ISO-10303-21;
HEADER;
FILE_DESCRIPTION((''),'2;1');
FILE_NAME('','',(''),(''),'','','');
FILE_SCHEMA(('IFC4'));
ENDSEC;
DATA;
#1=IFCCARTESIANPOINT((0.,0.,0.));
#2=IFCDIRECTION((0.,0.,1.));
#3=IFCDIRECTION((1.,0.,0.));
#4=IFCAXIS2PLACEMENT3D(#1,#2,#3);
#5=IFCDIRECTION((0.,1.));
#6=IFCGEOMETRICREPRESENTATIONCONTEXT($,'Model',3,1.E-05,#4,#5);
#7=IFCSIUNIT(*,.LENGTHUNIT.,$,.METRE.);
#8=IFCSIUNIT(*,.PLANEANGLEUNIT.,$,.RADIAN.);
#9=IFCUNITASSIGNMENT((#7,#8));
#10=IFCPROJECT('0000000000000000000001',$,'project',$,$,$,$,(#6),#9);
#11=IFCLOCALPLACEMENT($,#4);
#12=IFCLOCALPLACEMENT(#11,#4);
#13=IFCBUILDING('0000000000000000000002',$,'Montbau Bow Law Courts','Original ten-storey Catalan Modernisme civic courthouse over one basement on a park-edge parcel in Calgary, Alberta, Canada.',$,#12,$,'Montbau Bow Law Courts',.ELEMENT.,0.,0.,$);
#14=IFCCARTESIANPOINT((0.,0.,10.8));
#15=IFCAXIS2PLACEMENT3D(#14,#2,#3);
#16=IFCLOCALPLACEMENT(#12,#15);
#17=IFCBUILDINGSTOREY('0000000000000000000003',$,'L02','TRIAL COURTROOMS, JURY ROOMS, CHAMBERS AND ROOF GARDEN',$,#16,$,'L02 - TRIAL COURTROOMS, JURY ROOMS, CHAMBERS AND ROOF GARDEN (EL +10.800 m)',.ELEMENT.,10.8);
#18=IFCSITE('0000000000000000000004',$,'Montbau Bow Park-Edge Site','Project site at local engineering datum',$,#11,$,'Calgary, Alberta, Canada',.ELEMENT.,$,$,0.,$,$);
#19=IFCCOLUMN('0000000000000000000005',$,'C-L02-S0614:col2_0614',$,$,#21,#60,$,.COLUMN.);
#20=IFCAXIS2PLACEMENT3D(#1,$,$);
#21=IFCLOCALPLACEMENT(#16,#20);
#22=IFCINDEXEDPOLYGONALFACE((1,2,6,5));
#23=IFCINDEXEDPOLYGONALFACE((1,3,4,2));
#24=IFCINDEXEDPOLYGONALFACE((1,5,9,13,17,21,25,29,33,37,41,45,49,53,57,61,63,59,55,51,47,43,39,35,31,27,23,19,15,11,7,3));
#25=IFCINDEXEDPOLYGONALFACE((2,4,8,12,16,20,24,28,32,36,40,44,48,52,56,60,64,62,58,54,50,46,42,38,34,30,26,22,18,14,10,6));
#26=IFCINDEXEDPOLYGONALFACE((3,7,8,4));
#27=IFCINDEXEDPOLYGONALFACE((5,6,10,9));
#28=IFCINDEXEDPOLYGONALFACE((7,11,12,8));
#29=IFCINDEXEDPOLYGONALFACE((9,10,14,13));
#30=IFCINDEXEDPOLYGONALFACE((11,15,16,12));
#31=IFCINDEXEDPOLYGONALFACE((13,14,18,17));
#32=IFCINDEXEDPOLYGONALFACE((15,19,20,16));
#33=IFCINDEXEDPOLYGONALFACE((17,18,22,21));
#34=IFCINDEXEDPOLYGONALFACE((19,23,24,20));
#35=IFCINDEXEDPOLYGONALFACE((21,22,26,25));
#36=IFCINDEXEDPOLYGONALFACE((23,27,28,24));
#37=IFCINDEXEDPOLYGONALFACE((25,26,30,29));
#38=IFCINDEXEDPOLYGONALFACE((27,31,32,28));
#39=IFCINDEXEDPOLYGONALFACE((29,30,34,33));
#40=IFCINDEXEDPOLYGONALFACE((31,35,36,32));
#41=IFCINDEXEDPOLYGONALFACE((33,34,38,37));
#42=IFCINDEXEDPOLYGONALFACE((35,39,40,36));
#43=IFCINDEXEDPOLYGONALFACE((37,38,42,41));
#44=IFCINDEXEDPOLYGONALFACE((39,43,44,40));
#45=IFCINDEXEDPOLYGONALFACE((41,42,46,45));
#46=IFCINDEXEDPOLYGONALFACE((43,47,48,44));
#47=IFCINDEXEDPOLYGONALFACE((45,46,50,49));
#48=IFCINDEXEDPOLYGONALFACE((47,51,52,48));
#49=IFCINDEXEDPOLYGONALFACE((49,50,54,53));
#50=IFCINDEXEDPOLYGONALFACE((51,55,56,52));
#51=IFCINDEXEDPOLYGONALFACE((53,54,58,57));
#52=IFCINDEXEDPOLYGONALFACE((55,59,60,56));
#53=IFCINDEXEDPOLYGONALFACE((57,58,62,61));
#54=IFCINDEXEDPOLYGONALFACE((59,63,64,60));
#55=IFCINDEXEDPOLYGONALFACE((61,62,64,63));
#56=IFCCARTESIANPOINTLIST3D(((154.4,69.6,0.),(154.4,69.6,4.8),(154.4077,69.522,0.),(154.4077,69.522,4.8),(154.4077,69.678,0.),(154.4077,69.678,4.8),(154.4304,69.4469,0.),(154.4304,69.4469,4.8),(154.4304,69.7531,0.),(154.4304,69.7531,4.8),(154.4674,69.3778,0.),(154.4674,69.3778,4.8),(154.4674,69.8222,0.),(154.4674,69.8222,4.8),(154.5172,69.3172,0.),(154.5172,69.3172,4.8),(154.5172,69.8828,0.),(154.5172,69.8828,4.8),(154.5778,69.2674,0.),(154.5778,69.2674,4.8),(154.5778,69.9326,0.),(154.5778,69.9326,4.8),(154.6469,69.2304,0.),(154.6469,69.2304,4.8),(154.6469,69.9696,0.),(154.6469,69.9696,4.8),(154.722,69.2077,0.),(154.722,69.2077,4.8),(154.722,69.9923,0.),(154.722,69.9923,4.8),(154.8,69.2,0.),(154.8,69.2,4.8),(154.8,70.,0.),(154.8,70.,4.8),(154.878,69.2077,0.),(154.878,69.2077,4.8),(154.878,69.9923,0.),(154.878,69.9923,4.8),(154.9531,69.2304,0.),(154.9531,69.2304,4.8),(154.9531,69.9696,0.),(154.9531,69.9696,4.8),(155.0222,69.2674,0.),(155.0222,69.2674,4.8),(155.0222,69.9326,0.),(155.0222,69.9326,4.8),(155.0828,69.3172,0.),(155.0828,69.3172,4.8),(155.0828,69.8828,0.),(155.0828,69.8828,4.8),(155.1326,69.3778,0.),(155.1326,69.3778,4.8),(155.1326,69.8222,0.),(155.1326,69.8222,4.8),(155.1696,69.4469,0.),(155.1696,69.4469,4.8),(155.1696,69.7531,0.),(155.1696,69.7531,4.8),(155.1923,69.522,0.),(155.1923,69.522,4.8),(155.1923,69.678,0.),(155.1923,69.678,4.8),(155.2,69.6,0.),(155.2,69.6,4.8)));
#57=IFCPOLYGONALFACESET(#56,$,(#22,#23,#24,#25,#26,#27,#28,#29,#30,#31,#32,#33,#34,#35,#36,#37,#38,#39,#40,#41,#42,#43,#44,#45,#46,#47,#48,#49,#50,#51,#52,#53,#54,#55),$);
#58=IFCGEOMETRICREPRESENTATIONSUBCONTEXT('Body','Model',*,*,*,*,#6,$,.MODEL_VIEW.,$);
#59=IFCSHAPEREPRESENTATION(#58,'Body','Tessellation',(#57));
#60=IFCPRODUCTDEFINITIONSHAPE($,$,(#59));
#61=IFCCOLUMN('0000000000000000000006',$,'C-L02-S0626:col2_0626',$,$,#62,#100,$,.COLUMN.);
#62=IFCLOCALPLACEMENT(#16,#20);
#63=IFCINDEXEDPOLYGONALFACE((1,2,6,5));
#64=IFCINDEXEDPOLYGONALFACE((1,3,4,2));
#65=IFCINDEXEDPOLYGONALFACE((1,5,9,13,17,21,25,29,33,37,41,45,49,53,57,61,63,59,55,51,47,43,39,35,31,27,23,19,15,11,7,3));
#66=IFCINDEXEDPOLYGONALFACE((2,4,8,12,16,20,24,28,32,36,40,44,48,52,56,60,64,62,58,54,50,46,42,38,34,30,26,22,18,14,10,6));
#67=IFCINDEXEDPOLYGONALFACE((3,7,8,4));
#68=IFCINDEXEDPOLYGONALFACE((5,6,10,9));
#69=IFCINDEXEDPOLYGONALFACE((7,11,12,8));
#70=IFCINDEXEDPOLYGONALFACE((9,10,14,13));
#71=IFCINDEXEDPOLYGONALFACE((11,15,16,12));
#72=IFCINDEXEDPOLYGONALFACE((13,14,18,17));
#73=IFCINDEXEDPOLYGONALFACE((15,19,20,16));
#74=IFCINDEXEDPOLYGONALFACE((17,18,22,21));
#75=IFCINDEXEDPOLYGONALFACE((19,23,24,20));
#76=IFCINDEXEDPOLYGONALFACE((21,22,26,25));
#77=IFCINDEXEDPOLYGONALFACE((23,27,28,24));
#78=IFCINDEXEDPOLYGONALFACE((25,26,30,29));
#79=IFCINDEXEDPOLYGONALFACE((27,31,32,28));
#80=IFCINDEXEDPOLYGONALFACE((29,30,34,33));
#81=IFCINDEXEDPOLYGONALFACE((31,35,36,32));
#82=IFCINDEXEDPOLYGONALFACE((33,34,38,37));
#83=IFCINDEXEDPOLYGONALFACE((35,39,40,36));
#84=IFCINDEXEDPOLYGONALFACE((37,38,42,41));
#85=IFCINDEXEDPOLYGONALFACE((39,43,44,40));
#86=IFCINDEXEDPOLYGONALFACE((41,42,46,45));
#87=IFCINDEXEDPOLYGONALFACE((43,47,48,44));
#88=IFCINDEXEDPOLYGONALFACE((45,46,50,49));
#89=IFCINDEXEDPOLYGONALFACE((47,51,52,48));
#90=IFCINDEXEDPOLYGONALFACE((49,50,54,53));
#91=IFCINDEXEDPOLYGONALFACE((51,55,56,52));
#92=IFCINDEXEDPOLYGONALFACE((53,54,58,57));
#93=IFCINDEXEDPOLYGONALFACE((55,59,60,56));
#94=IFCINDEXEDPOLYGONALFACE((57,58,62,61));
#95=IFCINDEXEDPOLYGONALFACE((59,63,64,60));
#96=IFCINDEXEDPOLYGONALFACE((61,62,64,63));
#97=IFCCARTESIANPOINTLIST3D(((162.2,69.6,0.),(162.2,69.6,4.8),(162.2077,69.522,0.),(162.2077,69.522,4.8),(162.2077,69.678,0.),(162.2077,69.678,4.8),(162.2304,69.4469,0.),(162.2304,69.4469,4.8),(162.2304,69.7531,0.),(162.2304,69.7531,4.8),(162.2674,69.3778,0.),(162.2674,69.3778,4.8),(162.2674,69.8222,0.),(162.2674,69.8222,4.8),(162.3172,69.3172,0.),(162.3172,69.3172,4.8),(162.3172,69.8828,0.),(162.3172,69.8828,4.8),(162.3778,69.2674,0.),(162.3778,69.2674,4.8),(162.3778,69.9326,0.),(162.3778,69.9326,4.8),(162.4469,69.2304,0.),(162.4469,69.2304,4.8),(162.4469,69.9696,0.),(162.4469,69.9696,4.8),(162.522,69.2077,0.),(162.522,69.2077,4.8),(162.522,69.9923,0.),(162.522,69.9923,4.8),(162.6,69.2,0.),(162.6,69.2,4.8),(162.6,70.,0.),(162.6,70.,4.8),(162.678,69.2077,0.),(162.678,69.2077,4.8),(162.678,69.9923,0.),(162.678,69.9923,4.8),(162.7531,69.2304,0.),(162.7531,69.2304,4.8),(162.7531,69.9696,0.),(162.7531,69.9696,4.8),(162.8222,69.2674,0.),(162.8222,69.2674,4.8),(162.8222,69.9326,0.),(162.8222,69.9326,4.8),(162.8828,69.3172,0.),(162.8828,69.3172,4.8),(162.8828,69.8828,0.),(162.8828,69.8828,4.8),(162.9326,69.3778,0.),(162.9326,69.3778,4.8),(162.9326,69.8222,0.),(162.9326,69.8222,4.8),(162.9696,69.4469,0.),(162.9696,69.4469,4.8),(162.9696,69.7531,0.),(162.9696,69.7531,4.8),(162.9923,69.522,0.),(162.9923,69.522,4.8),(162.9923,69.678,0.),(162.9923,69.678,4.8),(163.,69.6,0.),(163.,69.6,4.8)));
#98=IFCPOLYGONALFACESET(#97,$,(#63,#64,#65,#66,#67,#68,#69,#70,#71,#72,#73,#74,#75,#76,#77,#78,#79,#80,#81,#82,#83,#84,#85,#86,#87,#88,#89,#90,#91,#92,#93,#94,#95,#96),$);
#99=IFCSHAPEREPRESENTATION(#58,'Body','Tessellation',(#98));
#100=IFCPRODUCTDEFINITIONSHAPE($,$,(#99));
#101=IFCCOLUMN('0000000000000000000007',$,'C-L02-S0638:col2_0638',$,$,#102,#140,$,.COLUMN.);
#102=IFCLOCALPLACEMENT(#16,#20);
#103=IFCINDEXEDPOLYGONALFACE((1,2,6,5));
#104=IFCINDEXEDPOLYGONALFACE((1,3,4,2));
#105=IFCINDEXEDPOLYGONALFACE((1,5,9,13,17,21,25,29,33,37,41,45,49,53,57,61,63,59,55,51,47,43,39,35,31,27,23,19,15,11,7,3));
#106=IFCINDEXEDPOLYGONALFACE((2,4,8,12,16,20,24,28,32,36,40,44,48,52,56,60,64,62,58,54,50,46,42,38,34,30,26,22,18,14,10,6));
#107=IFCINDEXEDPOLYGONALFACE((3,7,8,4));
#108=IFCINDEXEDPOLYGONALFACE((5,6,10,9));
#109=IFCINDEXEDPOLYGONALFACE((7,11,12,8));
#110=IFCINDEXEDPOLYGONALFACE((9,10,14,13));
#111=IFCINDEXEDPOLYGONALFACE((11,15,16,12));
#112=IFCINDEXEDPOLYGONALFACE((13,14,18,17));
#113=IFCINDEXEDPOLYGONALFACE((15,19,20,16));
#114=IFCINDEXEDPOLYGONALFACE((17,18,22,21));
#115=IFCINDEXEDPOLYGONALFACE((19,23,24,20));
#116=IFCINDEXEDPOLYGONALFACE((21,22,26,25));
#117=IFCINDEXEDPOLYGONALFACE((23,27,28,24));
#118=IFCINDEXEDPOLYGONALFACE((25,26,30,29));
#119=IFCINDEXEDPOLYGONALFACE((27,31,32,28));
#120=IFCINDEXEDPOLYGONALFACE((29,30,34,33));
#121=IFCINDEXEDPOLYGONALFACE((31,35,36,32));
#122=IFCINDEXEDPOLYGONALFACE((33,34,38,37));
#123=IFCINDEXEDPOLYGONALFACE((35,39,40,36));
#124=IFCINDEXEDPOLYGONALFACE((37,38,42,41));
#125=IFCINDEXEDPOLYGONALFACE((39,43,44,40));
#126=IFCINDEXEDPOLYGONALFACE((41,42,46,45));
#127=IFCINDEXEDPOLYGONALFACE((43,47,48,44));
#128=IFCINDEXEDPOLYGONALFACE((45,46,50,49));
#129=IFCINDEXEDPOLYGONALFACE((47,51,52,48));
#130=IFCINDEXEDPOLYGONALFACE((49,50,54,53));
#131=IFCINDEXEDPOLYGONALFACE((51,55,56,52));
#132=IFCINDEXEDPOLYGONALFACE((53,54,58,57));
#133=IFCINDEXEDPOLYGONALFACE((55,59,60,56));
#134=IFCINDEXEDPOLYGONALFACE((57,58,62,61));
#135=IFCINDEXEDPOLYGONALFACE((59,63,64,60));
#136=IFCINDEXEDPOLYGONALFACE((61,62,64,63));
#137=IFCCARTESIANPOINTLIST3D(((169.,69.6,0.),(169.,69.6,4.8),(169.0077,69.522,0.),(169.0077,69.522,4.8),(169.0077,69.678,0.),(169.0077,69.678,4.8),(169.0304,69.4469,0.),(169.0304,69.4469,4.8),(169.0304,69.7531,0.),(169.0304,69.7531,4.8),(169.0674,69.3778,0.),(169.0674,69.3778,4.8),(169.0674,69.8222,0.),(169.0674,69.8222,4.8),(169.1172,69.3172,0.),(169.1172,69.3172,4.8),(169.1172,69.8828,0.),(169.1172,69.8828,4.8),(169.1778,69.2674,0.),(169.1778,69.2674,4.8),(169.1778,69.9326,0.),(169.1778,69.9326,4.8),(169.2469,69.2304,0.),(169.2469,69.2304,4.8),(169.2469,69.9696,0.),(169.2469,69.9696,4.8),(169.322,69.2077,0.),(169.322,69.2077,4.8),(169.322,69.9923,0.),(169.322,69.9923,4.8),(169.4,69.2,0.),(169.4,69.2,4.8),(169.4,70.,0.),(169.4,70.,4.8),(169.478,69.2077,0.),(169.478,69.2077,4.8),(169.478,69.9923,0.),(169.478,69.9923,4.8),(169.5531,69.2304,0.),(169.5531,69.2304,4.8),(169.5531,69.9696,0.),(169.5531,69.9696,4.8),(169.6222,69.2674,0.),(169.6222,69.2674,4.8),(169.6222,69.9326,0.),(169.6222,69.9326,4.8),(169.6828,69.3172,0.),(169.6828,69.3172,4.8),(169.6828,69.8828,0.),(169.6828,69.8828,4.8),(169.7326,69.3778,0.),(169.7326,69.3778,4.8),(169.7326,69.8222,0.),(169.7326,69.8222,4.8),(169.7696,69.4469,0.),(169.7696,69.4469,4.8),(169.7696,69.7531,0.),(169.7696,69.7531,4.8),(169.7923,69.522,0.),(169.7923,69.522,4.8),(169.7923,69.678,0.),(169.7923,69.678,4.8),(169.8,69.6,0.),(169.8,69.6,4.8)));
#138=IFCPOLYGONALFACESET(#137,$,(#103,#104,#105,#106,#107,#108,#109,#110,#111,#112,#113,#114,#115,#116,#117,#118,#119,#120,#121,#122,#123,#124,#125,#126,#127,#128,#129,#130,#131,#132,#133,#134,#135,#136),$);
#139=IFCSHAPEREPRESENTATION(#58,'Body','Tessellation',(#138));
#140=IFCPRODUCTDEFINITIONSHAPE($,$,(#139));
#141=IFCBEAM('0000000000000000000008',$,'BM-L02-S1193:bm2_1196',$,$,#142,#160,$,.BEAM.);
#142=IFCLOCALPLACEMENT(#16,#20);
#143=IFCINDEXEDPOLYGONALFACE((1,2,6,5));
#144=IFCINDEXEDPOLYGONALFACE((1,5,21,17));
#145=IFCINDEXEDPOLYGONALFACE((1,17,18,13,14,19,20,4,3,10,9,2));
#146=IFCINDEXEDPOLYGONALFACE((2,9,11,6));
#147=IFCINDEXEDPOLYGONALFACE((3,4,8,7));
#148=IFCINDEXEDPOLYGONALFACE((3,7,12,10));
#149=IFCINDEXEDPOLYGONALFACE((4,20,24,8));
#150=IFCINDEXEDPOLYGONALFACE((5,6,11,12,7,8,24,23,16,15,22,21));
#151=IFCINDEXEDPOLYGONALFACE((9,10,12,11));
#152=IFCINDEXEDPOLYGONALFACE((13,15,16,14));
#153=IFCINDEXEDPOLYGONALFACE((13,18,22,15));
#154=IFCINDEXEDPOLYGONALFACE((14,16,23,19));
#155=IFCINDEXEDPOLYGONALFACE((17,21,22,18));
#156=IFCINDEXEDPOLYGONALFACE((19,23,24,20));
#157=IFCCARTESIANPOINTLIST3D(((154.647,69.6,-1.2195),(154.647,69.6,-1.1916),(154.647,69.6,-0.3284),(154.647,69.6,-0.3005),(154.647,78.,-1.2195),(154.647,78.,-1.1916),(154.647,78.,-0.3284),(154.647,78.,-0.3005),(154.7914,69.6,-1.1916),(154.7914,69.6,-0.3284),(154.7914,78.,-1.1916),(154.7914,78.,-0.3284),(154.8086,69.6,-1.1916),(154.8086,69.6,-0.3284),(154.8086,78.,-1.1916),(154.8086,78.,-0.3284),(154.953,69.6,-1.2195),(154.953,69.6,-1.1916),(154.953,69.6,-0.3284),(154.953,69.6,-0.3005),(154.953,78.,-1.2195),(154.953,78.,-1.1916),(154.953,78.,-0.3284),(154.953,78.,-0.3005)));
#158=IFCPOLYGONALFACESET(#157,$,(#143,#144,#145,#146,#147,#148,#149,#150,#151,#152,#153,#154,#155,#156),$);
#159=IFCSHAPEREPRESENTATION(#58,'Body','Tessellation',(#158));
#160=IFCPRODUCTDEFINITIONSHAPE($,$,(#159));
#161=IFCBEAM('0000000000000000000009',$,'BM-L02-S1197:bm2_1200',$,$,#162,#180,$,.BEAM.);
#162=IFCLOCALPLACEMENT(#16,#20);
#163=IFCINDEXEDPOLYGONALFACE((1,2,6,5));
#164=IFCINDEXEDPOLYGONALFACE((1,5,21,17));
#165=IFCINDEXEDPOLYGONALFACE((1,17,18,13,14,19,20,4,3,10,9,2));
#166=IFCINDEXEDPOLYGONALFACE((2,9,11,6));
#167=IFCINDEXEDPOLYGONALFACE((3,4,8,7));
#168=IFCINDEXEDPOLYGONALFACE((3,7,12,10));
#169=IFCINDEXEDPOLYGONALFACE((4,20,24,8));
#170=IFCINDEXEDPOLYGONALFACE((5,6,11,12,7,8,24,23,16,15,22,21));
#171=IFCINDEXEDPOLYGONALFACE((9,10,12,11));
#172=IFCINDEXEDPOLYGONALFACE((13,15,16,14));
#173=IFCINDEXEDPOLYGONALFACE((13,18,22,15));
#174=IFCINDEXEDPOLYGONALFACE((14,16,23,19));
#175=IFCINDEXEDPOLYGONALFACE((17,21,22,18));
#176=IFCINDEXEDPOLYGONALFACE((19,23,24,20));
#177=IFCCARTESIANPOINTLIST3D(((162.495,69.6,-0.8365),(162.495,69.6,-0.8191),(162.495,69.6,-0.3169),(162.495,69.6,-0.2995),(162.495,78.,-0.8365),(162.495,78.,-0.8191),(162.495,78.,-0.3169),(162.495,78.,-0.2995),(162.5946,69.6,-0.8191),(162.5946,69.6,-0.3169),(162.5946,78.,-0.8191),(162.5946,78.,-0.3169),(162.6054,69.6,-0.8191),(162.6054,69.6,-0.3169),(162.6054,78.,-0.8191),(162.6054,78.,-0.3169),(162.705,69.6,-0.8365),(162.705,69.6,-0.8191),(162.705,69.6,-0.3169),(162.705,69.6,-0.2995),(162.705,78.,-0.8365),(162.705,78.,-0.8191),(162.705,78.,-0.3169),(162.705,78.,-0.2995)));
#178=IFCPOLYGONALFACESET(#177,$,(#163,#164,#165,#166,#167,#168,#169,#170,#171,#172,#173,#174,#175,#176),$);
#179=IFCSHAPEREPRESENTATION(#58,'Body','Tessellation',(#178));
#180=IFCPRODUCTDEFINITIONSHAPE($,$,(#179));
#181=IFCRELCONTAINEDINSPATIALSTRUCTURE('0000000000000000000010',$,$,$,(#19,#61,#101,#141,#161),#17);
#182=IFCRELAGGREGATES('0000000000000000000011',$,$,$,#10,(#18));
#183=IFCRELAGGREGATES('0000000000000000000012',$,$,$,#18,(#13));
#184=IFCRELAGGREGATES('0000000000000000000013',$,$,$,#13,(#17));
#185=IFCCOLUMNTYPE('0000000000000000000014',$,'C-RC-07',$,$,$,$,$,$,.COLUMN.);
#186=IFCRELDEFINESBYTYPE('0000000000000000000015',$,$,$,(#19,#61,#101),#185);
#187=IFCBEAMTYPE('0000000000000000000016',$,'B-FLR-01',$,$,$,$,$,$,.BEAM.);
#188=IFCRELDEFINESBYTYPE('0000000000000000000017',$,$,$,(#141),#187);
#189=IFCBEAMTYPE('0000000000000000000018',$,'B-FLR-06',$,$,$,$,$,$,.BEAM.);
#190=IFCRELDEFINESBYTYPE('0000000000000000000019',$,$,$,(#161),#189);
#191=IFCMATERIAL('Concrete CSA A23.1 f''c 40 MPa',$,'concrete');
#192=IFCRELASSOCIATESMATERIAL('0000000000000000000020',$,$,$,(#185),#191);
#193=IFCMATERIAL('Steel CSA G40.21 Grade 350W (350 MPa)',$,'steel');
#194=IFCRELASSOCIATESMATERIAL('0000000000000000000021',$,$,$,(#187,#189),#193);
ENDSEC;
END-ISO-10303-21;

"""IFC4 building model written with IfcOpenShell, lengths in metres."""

from ifc_helpers import new_model, si_unit, direction, frame, origin_with_axes, origin_2d_with_axis, place, context, subcontext, project, spatial, circle, i_section, extrude, material, material_profile, profile_set, type_object, element, save


model = new_model("IFC4")

# Units and contexts
model_context = context("Model", 3, precision=1e-05, world=origin_with_axes(), true_north=direction((0.0, 1.0)))
body_context = subcontext(model_context, "Body", "Model", "MODEL_VIEW")
ifc_project = project(units=[si_unit("LENGTHUNIT", "METRE"), si_unit("PLANEANGLEUNIT", "RADIAN")], contexts=[model_context])

# Site, building, storey
site_placement = place(None, origin_with_axes())
site = spatial("IfcSite", under=ifc_project, at=site_placement, Name="Montbau Bow Park-Edge Site", Description="Project site at local engineering datum", LongName="Calgary, Alberta, Canada", CompositionType="ELEMENT", RefElevation=0.0)
building_placement = place(site_placement, origin_with_axes())
building = spatial("IfcBuilding", under=site, at=building_placement, Name="Montbau Bow Law Courts", Description="Original ten-storey Catalan Modernisme civic courthouse over one basement on a park-edge parcel in Calgary, Alberta, Canada.", LongName="Montbau Bow Law Courts", CompositionType="ELEMENT", ElevationOfRefHeight=0.0, ElevationOfTerrain=0.0)
storey_placement = place(building_placement, frame((0.0, 0.0, 10.8), z_axis=(0.0, 0.0, 1.0), x_axis=(1.0, 0.0, 0.0)))
storey = spatial("IfcBuildingStorey", under=building, at=storey_placement, Name="L02", Description="TRIAL COURTROOMS, JURY ROOMS, CHAMBERS AND ROOF GARDEN", LongName="L02 - TRIAL COURTROOMS, JURY ROOMS, CHAMBERS AND ROOF GARDEN (EL +10.800 m)", CompositionType="ELEMENT", Elevation=10.8)

# Columns
ifc_material_1 = material(Name="Concrete CSA A23.1 f'c 40 MPa", Category="concrete")
ifc_material_profile_1 = material_profile(ifc_material_1, circle(Radius=0.4, at=origin_2d_with_axis()), Name="RC800D", Category="Main", Priority=0)
ifc_profile_set_1 = profile_set([ifc_material_profile_1], Name="Concrete CSA A23.1 f'c 40 MPa")
column_type = type_object("IfcColumnType", Name="C-RC-07", PredefinedType="COLUMN", material=ifc_profile_set_1)
for number, where, z_axis, x_axis, name in (
    (1, (154.8, 69.6, 10.8), (0.0, 0.0, 1.0), (1.0, 0.0, 0.0), "C-L02-S0614:col2_0614"),
    (2, (162.6, 69.6, 10.8), (0.0, 0.0, 1.0), (1.0, 0.0, 0.0), "C-L02-S0626:col2_0626"),
    (3, (169.4, 69.6, 10.8), (0.0, 0.0, 1.0), (1.0, 0.0, 0.0), "C-L02-S0638:col2_0638"),
):
    element("IfcColumn", number, at=place(None, frame(where, z_axis=z_axis, x_axis=x_axis)), inside=storey, type_object=column_type, Name=name, PredefinedType="COLUMN", context=body_context, shape_type="SweptSolid", body=[
        extrude(circle(Radius=0.4, at=origin_2d_with_axis()), origin_with_axes(), (0.0, 0.0, 1.0), 4.8),
    ])

# Beams
ifc_material_2 = material(Name="Steel CSA G40.21 Grade 350W (350 MPa)", Category="steel")
ifc_material_profile_2 = material_profile(ifc_material_2, i_section(OverallWidth=0.306, OverallDepth=0.919, WebThickness=0.0173, FlangeThickness=0.0279, at=origin_2d_with_axis()), Name="W920X253", Category="Main", Priority=0)
ifc_profile_set_2 = profile_set([ifc_material_profile_2], Name="Steel CSA G40.21 Grade 350W (350 MPa)")
beam_type_1 = type_object("IfcBeamType", Name="B-FLR-01", PredefinedType="BEAM", material=ifc_profile_set_2)
beam_1_placement = place(None, frame((154.8, 69.6, 10.04), z_axis=(0.0, 1.0, 0.0), x_axis=(-1.0, 0.0, 0.0)))
element("IfcBeam", 4, at=beam_1_placement, inside=storey, type_object=beam_type_1, Name="BM-L02-S1193:bm2_1196", PredefinedType="BEAM", context=body_context, shape_type="SweptSolid", body=[
    extrude(i_section(OverallWidth=0.306, OverallDepth=0.919, WebThickness=0.0173, FlangeThickness=0.0279, at=origin_2d_with_axis()), origin_with_axes(), (0.0, 0.0, 1.0), 8.4),
])
ifc_material_profile_3 = material_profile(ifc_material_2, i_section(OverallWidth=0.21, OverallDepth=0.537, WebThickness=0.0109, FlangeThickness=0.0174, at=origin_2d_with_axis()), Name="W530X101", Category="Main", Priority=0)
ifc_profile_set_3 = profile_set([ifc_material_profile_3], Name="Steel CSA G40.21 Grade 350W (350 MPa)")
beam_type_2 = type_object("IfcBeamType", Name="B-FLR-06", PredefinedType="BEAM", material=ifc_profile_set_3)
beam_2_placement = place(None, frame((162.6, 69.6, 10.232), z_axis=(0.0, 1.0, 0.0), x_axis=(-1.0, 0.0, 0.0)))
element("IfcBeam", 5, at=beam_2_placement, inside=storey, type_object=beam_type_2, Name="BM-L02-S1197:bm2_1200", PredefinedType="BEAM", context=body_context, shape_type="SweptSolid", body=[
    extrude(i_section(OverallWidth=0.21, OverallDepth=0.537, WebThickness=0.0109, FlangeThickness=0.0174, at=origin_2d_with_axis()), origin_with_axes(), (0.0, 0.0, 1.0), 8.4),
])

save(model, "model.ifc")
